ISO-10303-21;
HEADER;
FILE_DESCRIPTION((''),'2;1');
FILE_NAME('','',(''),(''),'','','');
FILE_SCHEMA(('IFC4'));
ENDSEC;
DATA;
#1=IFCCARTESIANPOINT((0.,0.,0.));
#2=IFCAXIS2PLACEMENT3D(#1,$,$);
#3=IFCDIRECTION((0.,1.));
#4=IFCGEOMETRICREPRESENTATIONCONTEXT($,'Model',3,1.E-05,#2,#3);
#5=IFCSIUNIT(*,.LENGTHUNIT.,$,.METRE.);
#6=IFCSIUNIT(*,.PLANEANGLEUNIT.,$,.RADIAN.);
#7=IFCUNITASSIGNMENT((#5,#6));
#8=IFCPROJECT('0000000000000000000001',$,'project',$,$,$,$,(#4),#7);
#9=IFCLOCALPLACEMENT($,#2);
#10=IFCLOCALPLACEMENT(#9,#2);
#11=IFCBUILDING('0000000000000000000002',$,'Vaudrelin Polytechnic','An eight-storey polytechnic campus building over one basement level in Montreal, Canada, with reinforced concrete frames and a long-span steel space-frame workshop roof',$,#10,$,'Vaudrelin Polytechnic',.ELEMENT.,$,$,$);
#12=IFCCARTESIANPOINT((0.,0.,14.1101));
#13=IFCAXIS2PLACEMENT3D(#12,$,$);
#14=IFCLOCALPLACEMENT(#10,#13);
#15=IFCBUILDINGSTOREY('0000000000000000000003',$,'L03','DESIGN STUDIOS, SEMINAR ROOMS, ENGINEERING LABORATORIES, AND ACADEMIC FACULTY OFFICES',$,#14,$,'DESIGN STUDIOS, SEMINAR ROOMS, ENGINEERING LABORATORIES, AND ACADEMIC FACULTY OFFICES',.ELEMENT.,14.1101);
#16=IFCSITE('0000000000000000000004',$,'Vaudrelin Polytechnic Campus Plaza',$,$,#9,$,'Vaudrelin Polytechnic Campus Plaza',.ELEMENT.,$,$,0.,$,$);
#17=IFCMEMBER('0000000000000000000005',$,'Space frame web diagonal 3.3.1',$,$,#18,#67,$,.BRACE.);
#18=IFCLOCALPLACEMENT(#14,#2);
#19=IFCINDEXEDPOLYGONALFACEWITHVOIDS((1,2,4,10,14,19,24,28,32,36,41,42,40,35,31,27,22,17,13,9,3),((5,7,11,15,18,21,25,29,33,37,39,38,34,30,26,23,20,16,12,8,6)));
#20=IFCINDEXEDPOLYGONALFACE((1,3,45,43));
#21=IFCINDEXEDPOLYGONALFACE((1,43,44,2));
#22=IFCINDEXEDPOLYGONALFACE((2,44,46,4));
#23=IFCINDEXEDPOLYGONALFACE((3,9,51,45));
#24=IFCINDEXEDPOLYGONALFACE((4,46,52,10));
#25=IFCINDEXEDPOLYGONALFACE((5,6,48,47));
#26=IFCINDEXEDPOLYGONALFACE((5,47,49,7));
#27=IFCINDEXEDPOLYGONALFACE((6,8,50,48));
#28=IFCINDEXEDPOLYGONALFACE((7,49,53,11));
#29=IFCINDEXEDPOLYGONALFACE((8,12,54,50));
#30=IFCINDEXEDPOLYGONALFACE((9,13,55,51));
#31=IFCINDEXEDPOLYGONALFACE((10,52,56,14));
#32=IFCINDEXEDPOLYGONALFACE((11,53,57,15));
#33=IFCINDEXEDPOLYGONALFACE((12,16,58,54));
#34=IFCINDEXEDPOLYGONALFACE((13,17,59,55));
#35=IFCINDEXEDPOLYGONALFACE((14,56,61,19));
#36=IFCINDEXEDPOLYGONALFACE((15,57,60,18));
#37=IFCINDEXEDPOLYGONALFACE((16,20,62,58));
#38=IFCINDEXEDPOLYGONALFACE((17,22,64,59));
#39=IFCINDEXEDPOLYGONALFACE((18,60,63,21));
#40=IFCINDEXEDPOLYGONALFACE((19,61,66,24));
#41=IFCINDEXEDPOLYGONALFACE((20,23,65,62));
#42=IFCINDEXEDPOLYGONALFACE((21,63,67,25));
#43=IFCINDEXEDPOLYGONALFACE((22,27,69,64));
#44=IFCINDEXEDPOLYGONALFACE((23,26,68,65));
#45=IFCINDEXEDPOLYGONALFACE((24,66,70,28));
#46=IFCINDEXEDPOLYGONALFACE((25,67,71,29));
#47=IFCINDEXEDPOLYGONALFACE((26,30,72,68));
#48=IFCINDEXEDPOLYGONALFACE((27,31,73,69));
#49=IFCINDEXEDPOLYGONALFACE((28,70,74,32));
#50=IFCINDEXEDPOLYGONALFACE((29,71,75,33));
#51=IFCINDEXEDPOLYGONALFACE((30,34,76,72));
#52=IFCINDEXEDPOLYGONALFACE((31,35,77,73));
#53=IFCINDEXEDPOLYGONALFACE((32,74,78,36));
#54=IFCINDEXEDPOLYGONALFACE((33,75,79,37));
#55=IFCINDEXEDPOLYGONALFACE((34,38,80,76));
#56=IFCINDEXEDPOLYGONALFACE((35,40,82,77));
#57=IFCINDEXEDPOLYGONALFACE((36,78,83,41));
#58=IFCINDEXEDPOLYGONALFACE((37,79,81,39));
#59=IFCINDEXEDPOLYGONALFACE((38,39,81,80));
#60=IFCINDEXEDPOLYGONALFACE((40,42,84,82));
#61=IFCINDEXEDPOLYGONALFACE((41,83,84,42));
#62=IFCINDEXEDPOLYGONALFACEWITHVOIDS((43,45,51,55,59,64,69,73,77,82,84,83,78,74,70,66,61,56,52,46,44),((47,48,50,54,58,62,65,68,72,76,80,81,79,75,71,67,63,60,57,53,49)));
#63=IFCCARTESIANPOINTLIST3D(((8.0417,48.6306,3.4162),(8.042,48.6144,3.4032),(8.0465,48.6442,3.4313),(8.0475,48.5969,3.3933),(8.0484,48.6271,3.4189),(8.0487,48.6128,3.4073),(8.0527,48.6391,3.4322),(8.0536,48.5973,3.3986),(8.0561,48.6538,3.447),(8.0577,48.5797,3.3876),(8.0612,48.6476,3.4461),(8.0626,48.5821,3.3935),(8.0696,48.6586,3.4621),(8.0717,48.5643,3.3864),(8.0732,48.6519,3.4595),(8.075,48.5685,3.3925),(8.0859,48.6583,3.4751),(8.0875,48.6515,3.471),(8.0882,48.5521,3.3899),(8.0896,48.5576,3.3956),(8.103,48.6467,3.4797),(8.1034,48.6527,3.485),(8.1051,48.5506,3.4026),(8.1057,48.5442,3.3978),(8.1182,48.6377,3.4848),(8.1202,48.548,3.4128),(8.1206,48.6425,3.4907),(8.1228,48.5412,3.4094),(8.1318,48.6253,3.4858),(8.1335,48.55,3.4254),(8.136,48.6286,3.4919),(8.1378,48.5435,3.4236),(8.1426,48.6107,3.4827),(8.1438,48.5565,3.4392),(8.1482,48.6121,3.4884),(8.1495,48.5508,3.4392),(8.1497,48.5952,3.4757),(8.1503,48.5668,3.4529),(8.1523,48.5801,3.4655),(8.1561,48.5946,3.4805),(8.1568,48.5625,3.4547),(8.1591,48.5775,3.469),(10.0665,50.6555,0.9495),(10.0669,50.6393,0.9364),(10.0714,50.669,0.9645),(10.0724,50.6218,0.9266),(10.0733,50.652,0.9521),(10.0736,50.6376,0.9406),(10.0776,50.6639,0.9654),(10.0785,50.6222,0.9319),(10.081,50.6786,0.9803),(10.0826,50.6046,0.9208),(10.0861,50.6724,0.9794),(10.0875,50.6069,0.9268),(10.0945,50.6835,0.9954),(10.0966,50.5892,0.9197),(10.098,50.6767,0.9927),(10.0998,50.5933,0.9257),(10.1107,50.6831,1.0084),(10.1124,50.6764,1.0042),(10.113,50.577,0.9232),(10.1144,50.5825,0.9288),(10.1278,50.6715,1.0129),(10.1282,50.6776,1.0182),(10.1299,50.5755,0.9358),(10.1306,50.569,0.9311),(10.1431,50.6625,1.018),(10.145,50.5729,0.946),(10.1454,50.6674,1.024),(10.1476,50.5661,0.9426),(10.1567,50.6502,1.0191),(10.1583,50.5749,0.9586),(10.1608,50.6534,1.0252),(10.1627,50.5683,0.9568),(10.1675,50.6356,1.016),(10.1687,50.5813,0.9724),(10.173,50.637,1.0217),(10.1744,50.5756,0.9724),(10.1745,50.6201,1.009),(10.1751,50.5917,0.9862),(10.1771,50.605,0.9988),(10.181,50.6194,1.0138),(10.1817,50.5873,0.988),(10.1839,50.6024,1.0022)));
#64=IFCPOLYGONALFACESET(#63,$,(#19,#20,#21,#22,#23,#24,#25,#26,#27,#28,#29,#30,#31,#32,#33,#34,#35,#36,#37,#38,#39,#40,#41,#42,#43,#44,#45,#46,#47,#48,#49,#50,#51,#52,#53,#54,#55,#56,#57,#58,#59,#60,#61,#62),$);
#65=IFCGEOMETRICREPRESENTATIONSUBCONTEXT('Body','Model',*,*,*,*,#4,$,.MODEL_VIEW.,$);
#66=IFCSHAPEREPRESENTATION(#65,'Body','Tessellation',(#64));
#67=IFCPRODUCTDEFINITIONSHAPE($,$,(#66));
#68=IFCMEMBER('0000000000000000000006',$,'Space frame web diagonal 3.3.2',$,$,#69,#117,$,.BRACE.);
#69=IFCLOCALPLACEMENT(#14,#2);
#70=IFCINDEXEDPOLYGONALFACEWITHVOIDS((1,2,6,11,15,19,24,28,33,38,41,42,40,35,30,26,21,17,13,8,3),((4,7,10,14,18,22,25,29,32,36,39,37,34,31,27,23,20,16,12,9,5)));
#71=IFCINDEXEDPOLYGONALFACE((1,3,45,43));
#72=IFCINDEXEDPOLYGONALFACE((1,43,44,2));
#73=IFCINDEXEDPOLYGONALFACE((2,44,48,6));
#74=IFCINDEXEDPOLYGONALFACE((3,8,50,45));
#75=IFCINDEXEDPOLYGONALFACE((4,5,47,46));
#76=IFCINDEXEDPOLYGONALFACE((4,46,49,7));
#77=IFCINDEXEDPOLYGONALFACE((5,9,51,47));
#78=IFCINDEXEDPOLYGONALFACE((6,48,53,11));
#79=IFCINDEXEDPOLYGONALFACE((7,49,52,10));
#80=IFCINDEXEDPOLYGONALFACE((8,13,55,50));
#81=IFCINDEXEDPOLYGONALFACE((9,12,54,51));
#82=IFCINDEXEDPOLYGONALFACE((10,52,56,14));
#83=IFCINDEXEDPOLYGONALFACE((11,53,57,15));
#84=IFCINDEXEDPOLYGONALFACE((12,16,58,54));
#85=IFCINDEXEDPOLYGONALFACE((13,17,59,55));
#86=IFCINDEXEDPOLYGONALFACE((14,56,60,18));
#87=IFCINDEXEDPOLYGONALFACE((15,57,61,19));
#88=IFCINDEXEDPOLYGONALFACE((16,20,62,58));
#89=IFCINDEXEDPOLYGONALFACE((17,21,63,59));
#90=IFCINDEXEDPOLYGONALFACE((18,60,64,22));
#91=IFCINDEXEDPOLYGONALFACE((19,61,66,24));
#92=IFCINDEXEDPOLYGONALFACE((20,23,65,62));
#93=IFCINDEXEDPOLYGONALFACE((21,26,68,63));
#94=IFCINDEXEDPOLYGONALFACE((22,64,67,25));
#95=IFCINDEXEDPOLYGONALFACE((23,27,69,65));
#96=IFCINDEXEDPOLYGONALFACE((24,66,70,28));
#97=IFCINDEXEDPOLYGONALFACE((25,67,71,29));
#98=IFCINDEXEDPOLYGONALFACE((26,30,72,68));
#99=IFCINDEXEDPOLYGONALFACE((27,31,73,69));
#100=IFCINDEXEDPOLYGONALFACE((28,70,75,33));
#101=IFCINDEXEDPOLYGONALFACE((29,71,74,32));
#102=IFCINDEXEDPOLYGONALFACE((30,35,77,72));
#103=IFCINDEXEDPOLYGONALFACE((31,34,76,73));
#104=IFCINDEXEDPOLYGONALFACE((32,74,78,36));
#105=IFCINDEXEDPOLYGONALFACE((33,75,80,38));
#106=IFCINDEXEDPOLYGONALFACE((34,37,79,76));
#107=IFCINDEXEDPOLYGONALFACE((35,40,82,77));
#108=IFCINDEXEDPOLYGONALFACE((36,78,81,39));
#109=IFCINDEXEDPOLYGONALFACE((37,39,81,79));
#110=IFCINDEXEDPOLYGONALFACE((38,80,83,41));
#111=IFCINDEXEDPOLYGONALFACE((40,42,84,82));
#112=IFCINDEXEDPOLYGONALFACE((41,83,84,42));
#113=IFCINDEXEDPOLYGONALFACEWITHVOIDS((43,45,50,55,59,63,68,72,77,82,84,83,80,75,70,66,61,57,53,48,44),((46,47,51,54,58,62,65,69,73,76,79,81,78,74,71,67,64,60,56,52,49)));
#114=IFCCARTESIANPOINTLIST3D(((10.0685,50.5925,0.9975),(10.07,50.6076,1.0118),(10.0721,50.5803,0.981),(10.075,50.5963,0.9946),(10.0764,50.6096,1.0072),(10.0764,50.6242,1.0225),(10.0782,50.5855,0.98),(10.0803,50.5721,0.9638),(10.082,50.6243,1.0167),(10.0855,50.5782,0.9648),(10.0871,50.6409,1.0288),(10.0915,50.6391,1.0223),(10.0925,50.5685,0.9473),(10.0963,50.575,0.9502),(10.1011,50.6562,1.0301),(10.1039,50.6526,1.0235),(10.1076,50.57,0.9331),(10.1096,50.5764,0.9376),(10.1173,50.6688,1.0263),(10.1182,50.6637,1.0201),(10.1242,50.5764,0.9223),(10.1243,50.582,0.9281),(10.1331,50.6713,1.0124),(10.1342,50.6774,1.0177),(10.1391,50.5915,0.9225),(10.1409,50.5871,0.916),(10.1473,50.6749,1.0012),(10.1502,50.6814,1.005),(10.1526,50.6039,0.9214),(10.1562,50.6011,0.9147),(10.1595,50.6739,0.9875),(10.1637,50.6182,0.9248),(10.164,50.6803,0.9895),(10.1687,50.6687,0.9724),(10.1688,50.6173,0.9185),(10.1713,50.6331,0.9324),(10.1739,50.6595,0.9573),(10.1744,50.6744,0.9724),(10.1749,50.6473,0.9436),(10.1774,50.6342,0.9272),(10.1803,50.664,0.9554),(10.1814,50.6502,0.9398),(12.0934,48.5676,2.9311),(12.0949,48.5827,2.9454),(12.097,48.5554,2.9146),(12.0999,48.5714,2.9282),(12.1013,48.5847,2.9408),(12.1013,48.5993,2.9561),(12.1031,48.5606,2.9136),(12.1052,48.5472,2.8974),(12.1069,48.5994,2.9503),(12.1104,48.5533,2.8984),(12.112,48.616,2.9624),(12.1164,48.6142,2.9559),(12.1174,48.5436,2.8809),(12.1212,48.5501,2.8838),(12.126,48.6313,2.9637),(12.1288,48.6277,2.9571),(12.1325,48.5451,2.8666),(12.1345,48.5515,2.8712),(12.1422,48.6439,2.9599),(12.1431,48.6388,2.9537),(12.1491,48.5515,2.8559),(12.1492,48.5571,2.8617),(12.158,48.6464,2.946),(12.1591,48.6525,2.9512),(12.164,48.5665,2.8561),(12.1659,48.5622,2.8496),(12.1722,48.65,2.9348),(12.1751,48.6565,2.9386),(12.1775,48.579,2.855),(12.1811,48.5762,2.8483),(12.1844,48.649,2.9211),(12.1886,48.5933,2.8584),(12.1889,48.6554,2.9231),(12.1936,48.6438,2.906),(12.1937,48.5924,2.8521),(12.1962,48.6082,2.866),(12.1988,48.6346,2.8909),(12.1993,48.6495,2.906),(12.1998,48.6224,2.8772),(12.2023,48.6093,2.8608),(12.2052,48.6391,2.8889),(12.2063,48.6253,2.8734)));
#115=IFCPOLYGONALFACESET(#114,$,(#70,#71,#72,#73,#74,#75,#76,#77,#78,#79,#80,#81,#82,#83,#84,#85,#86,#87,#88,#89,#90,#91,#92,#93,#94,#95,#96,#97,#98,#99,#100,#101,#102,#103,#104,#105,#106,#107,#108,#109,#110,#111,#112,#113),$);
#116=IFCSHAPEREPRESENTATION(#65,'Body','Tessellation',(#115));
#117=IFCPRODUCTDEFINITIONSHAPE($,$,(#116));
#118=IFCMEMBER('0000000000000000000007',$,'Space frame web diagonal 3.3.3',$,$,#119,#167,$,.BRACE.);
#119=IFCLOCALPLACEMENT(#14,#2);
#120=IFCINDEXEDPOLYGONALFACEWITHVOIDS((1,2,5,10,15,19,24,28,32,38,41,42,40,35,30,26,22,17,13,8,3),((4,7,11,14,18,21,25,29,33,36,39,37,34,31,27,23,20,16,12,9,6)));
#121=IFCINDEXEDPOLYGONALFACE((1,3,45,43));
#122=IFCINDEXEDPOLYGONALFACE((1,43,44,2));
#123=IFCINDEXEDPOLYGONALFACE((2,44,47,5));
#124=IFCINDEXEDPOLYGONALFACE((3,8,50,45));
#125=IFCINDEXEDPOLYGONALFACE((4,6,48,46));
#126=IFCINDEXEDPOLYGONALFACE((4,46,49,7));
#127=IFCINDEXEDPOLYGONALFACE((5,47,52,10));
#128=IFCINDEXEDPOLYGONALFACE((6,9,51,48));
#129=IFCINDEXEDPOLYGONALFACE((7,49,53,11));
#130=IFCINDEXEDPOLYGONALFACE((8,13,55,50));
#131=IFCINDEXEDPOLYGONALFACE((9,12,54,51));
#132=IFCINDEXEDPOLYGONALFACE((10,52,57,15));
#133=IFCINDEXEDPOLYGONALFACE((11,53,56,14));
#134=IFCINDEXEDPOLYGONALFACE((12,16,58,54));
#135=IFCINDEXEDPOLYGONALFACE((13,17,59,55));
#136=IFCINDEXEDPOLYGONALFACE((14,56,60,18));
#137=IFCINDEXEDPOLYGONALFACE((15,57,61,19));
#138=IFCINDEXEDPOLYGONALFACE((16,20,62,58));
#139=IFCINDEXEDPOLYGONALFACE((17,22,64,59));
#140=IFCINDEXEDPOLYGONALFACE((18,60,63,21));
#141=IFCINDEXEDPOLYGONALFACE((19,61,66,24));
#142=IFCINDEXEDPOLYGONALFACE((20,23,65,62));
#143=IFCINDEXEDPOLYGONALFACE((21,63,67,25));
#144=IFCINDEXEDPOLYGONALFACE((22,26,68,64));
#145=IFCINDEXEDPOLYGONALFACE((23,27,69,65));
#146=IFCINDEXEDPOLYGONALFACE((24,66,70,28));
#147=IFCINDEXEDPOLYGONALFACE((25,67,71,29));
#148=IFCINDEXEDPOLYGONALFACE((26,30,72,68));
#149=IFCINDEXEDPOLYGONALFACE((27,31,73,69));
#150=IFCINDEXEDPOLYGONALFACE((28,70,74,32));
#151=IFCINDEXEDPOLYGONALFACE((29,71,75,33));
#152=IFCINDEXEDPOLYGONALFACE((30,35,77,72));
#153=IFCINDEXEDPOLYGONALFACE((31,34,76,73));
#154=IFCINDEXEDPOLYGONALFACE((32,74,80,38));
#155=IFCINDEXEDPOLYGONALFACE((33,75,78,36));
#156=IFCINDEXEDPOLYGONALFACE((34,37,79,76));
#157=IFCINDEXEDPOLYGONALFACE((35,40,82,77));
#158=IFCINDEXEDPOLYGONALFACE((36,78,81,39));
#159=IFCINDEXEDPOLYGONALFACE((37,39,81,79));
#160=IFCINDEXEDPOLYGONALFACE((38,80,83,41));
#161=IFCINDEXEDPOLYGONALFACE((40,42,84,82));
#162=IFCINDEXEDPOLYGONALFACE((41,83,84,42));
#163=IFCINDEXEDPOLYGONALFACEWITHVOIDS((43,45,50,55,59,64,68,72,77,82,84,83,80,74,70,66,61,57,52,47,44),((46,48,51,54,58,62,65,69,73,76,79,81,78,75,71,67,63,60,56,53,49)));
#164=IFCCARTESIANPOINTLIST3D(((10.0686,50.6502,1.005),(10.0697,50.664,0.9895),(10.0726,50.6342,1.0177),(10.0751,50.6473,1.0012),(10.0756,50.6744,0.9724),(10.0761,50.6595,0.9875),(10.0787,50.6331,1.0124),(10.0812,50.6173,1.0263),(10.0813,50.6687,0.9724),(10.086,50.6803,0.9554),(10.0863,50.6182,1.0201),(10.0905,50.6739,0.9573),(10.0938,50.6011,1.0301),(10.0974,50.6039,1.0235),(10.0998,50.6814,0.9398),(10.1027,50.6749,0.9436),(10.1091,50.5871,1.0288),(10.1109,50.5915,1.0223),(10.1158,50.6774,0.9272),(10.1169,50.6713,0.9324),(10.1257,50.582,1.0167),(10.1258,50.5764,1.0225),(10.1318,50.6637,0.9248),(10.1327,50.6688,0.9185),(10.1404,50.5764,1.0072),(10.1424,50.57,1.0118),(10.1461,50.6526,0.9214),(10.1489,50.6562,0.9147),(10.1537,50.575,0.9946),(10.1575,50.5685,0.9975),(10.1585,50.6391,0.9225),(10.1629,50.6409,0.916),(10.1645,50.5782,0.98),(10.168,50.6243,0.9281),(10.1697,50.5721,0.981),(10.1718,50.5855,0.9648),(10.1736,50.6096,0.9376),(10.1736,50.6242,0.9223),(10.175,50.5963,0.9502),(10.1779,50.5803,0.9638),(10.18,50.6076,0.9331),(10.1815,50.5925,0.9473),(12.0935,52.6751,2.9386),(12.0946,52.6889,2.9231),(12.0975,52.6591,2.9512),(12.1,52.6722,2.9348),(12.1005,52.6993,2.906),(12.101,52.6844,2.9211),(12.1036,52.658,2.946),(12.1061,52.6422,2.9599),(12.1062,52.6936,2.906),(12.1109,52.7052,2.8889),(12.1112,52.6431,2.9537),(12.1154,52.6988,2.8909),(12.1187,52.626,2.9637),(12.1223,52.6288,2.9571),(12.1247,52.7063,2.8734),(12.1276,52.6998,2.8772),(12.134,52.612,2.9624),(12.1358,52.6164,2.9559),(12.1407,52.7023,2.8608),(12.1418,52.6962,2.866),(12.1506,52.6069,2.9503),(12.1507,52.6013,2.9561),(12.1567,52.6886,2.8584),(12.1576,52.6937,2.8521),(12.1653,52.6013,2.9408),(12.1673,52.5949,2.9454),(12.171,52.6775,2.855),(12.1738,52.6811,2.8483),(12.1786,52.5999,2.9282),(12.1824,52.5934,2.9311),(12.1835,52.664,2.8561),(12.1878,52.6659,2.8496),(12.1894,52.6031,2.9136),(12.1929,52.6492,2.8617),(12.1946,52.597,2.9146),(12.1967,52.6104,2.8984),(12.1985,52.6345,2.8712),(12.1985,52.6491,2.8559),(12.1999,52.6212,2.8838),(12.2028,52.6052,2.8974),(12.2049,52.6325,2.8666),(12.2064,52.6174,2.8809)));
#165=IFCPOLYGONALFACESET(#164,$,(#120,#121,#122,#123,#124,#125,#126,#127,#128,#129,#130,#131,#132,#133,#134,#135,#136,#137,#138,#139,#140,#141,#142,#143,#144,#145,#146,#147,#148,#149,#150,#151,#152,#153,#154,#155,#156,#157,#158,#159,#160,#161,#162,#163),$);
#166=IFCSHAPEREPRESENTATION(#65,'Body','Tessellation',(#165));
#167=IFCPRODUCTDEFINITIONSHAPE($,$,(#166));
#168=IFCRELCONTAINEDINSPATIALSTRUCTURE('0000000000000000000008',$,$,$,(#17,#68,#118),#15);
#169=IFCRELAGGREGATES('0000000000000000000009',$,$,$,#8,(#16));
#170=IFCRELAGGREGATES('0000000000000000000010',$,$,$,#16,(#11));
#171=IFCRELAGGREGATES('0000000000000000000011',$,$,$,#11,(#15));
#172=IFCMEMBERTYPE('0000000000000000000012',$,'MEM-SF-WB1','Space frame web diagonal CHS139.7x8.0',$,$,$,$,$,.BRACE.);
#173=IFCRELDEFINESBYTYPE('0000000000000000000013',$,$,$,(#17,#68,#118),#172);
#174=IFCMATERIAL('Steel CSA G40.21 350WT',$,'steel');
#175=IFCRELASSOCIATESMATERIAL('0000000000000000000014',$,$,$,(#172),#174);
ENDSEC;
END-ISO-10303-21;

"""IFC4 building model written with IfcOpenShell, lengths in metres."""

from ifc_helpers import new_model, si_unit, direction, frame, origin, origin_2d, place, context, subcontext, project, spatial, hollow_circle, extrude, material, material_profile, profile_set, type_object, element, save


model = new_model("IFC4")

# Units and contexts
model_context = context("Model", 3, precision=1e-05, world=origin(), true_north=direction((0.0, 1.0)))
body_context = subcontext(model_context, "Body", "Model", "MODEL_VIEW")
ifc_project = project(units=[si_unit("LENGTHUNIT", "METRE"), si_unit("PLANEANGLEUNIT", "RADIAN")], contexts=[model_context])

# Site, building, storey
site_placement = place(None, origin())
site = spatial("IfcSite", under=ifc_project, at=site_placement, Name="Vaudrelin Polytechnic Campus Plaza", LongName="Vaudrelin Polytechnic Campus Plaza", CompositionType="ELEMENT", RefElevation=0.0)
building_placement = place(site_placement, origin())
building = spatial("IfcBuilding", under=site, at=building_placement, Name="Vaudrelin Polytechnic", Description="An eight-storey polytechnic campus building over one basement level in Montreal, Canada, with reinforced concrete frames and a long-span steel space-frame workshop roof", LongName="Vaudrelin Polytechnic", CompositionType="ELEMENT")
storey_placement = place(building_placement, frame((0.0, 0.0, 14.1101)))
storey = spatial("IfcBuildingStorey", under=building, at=storey_placement, Name="L03", Description="DESIGN STUDIOS, SEMINAR ROOMS, ENGINEERING LABORATORIES, AND ACADEMIC FACULTY OFFICES", LongName="DESIGN STUDIOS, SEMINAR ROOMS, ENGINEERING LABORATORIES, AND ACADEMIC FACULTY OFFICES", CompositionType="ELEMENT", Elevation=14.1101)

# Members
ifc_material = material(Name="Steel CSA G40.21 350WT", Category="steel")
ifc_material_profile_1 = material_profile(ifc_material, hollow_circle(Radius=0.0698, WallThickness=0.0081, at=origin_2d()), Name="CHS139.7x8.0")
ifc_profile_set_1 = profile_set([ifc_material_profile_1], Name="Steel CSA G40.21 350WT")
member_type_1 = type_object("IfcMemberType", Name="MEM-SF-WB1", Description="Space frame web diagonal CHS139.7x8.0", PredefinedType="BRACE", material=ifc_profile_set_1)
for number, where, z_axis, x_axis, name in (
    (1, (10.125, 50.625, 0.9724), (-0.535742, -0.535742, 0.652657), (0.707107, -0.707107, 0.0), "Space frame web diagonal 3.3.1"),
):
    element("IfcMember", number, at=place(storey_placement, frame(where, z_axis=z_axis, x_axis=x_axis)), inside=storey, type_object=member_type_1, Name=name, PredefinedType="BRACE", context=body_context, shape_type="SweptSolid", body=[
        extrude(hollow_circle(Radius=0.0698, WallThickness=0.0081, at=origin_2d()), origin(), (0.0, 0.0, 1.0), 3.7795),
    ])
for number, where, z_axis, x_axis, name in (
    (2, (10.125, 50.625, 0.9724), (0.586024, -0.586024, 0.559599), (0.707107, 0.707107, 0.0), "Space frame web diagonal 3.3.2"),
    (3, (10.125, 50.625, 0.9724), (0.586024, 0.586024, 0.559599), (-0.707107, 0.707107, 0.0), "Space frame web diagonal 3.3.3"),
):
    element("IfcMember", number, at=place(storey_placement, frame(where, z_axis=z_axis, x_axis=x_axis)), inside=storey, type_object=member_type_1, Name=name, PredefinedType="BRACE", context=body_context, shape_type="SweptSolid", body=[
        extrude(hollow_circle(Radius=0.0698, WallThickness=0.0081, at=origin_2d()), origin(), (0.0, 0.0, 1.0), 3.4553),
    ])

save(model, "model.ifc")
